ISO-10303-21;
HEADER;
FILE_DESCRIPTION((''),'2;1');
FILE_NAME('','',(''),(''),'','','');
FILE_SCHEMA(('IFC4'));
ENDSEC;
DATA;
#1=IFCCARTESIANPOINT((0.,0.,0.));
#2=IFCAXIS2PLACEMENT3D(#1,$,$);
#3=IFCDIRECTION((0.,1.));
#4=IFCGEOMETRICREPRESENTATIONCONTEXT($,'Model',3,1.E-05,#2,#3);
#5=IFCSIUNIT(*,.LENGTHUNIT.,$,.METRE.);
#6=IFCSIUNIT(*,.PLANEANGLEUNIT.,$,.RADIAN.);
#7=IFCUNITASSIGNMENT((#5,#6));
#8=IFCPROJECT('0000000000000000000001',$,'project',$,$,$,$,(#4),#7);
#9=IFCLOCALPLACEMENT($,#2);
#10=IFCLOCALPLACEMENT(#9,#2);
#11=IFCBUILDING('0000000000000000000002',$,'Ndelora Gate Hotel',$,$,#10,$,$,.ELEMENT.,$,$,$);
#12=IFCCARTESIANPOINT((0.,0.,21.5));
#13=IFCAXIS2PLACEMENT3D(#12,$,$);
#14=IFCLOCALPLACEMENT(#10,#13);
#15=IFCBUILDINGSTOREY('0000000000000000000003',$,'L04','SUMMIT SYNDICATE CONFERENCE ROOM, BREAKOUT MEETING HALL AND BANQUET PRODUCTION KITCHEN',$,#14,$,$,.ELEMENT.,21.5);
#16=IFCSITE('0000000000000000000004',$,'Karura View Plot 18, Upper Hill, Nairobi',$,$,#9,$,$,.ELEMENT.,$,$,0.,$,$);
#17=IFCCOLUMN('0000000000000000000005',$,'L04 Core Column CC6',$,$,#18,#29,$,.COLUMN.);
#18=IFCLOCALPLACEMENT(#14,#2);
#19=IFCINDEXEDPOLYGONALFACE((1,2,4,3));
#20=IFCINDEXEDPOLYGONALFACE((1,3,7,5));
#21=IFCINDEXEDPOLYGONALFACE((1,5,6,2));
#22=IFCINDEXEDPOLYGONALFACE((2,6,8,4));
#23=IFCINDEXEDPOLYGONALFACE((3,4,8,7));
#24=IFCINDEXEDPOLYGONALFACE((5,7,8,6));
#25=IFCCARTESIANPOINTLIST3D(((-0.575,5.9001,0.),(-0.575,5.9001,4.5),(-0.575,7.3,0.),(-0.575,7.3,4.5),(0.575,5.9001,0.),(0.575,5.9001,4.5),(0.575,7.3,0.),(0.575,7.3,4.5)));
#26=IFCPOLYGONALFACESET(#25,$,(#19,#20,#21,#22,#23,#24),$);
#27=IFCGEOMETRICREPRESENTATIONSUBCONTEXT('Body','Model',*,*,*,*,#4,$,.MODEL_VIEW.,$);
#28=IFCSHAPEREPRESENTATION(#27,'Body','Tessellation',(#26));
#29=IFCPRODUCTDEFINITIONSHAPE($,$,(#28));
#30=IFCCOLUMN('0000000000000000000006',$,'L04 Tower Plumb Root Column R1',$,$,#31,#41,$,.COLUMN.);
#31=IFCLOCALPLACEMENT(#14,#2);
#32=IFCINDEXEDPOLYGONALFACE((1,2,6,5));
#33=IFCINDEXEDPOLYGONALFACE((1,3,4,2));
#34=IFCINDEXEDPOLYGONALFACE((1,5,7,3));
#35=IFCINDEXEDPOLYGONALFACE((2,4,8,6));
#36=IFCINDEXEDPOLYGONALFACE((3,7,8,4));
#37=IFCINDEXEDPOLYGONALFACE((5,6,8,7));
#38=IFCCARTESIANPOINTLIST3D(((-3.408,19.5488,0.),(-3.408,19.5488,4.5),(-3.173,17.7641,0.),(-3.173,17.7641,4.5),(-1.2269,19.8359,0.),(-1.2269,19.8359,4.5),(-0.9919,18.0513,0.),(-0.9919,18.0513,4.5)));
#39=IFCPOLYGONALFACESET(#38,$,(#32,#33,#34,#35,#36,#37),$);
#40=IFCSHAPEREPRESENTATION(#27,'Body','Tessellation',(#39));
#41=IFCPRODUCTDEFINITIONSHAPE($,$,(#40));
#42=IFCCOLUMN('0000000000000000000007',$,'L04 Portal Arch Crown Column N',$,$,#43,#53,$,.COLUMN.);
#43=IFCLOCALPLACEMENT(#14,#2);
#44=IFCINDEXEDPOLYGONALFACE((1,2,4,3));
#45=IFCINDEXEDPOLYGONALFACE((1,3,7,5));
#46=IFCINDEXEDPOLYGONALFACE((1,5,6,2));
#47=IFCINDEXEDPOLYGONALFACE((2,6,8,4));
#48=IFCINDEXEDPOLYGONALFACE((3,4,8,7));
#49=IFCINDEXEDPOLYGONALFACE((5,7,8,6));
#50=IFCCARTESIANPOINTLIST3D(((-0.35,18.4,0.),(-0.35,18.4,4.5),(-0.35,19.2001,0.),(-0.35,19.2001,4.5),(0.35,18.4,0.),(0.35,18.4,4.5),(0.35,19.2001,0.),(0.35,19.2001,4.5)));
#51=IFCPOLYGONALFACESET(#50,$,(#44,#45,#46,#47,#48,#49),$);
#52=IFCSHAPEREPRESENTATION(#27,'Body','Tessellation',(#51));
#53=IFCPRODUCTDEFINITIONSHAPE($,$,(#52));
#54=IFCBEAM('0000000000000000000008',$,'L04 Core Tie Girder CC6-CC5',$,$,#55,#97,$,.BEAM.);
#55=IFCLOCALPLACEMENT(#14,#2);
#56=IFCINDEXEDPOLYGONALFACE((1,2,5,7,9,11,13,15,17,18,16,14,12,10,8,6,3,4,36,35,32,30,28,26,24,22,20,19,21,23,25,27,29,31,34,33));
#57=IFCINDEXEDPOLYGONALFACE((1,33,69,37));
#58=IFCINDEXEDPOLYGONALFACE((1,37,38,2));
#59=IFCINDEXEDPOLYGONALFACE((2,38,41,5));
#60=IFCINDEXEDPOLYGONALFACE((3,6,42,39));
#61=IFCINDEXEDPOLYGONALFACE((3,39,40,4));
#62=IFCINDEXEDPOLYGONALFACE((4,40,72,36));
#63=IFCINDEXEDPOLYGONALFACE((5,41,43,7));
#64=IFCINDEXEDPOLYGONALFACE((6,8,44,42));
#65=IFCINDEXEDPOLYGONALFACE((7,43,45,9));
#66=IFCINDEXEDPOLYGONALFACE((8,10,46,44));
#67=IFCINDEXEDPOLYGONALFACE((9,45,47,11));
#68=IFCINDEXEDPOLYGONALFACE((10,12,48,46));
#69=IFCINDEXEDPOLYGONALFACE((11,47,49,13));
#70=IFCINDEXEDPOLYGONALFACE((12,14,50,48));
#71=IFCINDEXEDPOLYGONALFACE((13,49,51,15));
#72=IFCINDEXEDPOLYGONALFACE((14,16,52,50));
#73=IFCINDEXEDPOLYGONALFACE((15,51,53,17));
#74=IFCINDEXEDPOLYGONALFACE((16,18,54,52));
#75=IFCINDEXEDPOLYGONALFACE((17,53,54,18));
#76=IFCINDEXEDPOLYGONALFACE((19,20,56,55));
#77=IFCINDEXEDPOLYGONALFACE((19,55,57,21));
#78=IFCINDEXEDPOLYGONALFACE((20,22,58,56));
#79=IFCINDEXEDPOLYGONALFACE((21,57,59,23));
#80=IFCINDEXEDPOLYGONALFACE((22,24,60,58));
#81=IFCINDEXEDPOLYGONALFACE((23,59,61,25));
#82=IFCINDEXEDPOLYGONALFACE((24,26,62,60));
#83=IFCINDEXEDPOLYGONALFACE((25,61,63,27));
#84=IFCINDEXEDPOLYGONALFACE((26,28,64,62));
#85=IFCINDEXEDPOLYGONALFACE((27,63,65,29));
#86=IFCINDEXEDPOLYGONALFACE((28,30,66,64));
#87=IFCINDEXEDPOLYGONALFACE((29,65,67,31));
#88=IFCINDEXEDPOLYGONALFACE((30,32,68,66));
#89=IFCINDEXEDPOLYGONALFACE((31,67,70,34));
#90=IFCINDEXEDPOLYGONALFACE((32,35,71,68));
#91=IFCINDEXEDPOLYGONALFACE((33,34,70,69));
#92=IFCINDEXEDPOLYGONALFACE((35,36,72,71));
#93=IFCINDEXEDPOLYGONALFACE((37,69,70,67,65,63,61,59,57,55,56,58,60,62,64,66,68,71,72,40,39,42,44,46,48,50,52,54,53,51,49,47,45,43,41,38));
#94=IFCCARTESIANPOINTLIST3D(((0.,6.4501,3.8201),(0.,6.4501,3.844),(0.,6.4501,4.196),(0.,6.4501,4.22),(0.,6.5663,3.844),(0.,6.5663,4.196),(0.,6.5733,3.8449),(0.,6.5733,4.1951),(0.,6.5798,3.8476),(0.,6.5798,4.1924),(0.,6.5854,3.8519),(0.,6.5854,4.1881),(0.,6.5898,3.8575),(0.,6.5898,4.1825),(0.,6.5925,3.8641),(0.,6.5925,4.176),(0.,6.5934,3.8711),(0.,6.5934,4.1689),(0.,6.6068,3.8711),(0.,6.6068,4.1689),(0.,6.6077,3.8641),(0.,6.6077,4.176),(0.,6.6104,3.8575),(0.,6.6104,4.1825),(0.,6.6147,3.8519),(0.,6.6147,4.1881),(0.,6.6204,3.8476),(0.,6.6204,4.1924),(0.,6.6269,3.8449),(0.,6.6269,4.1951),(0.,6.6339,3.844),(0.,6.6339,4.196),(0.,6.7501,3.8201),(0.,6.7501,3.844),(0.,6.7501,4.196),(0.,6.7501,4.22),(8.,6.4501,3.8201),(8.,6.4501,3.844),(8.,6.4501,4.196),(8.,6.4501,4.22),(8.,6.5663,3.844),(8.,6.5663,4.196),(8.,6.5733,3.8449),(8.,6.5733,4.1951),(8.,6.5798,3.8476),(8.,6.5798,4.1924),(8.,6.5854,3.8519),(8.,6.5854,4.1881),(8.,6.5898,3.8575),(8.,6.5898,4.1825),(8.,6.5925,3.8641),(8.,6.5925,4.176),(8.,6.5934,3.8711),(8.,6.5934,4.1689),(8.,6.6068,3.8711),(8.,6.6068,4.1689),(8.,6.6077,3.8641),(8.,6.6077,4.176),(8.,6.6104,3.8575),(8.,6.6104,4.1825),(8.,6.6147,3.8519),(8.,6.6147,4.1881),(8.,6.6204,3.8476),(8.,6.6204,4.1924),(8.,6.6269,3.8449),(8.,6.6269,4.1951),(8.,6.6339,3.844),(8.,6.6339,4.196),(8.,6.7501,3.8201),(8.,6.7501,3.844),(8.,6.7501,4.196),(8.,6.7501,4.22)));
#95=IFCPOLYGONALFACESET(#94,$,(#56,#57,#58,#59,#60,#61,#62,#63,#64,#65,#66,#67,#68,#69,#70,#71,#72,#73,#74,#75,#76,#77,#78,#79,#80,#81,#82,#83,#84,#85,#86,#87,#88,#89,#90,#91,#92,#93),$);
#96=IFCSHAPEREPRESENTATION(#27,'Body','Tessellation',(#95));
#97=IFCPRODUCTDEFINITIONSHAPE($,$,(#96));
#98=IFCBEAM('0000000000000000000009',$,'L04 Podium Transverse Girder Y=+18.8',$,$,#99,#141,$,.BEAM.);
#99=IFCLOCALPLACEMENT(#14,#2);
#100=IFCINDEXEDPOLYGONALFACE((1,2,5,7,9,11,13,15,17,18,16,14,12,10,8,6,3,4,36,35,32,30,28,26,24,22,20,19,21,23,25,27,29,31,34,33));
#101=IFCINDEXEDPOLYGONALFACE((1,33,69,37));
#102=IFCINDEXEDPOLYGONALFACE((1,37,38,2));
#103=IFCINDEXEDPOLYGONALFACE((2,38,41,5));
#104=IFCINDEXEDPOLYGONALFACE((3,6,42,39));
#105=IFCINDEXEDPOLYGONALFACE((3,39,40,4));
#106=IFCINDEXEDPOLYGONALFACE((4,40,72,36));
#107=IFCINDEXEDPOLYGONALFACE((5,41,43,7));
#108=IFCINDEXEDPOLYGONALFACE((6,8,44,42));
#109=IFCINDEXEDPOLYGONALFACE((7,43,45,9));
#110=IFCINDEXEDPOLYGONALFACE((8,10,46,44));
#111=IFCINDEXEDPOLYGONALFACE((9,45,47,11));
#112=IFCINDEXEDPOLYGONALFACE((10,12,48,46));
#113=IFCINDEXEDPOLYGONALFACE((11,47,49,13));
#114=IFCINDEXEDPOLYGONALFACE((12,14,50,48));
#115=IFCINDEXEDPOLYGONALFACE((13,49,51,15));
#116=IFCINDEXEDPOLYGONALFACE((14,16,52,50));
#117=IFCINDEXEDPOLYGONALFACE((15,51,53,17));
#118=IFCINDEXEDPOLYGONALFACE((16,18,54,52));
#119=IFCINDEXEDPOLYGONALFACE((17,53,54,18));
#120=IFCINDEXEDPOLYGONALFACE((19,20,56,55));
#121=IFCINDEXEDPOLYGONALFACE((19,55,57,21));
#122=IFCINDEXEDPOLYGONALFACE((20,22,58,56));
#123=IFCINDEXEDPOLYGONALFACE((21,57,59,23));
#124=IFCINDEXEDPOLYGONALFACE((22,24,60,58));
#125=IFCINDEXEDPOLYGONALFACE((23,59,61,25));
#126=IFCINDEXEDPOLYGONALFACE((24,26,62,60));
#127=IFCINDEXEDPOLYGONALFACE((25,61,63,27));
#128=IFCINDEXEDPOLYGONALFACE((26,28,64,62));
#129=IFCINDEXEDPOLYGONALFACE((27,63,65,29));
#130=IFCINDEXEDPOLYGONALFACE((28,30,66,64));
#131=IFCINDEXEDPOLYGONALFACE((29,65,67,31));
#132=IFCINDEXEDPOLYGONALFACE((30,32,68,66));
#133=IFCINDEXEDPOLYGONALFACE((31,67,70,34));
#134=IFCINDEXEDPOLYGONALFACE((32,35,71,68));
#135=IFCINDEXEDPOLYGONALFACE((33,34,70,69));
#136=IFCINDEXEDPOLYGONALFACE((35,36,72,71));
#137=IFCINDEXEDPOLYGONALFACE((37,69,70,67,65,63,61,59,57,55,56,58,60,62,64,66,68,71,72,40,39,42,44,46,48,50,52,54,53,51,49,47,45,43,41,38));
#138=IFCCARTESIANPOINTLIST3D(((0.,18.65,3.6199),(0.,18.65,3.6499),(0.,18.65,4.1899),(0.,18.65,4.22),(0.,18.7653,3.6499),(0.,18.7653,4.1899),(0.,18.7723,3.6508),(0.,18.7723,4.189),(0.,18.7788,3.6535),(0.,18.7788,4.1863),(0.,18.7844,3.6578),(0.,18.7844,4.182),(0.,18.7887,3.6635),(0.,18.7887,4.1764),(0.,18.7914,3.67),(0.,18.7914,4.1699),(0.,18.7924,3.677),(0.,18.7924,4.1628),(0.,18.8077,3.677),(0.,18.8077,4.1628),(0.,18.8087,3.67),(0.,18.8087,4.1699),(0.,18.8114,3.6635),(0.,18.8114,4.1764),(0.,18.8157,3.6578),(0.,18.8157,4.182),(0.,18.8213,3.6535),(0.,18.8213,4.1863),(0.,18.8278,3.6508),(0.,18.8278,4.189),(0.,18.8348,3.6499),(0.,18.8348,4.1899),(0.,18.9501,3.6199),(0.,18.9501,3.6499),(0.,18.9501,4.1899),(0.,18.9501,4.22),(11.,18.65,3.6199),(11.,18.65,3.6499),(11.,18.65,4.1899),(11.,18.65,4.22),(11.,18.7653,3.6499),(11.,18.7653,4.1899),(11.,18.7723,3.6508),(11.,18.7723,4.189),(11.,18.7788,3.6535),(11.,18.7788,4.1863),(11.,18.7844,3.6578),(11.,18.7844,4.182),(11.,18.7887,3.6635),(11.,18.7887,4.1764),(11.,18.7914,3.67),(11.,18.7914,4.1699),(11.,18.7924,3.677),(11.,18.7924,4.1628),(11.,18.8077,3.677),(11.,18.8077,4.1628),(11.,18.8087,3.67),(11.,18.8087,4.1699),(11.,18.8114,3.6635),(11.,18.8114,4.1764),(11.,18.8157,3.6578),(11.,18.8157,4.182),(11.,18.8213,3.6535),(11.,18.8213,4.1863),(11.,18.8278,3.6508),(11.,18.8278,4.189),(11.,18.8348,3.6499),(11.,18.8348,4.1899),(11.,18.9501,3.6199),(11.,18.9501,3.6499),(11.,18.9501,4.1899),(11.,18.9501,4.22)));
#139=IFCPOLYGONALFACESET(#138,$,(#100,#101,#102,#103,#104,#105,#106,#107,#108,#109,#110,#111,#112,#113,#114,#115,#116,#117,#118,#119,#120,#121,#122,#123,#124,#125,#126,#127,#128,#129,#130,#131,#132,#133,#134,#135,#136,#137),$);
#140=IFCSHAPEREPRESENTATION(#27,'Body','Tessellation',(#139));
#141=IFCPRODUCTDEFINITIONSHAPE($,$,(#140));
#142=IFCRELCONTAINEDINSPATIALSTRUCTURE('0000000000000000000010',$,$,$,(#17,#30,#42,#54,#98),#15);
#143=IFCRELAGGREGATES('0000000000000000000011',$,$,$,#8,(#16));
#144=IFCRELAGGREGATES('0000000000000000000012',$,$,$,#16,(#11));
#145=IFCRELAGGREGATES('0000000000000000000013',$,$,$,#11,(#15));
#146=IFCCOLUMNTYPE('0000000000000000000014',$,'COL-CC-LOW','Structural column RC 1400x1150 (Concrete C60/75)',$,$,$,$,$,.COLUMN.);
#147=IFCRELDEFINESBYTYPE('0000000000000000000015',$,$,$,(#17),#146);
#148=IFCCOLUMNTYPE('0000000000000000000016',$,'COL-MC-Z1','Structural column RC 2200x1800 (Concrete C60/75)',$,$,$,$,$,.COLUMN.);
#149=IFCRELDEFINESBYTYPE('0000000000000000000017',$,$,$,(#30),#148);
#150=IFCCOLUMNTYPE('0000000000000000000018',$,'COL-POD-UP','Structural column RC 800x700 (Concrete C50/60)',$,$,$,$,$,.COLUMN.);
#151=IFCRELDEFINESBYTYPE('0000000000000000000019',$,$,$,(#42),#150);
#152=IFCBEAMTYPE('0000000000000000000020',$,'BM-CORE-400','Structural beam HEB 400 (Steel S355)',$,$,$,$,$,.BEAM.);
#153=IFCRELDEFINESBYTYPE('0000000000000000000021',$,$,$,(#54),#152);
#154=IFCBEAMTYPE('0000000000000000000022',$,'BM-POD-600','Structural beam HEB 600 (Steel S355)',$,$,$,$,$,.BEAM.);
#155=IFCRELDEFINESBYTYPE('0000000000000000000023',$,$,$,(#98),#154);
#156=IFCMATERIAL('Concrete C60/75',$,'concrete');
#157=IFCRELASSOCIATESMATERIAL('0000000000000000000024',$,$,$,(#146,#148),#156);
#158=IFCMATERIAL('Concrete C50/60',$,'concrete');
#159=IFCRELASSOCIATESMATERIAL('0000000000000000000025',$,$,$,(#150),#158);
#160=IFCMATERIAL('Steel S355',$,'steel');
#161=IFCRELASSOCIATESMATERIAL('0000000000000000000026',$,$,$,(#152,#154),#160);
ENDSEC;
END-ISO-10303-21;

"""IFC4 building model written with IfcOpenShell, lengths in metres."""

from ifc_helpers import new_model, si_unit, direction, frame, origin, origin_2d, place, context, subcontext, project, spatial, rectangle, i_section, extrude, material, material_profile, profile_set, type_object, element, save


model = new_model("IFC4")

# Units and contexts
model_context = context("Model", 3, precision=1e-05, world=origin(), true_north=direction((0.0, 1.0)))
body_context = subcontext(model_context, "Body", "Model", "MODEL_VIEW")
ifc_project = project(units=[si_unit("LENGTHUNIT", "METRE"), si_unit("PLANEANGLEUNIT", "RADIAN")], contexts=[model_context])

# Site, building, storey
site_placement = place(None, origin())
site = spatial("IfcSite", under=ifc_project, at=site_placement, Name="Karura View Plot 18, Upper Hill, Nairobi", CompositionType="ELEMENT", RefElevation=0.0)
building_placement = place(site_placement, origin())
building = spatial("IfcBuilding", under=site, at=building_placement, Name="Ndelora Gate Hotel", CompositionType="ELEMENT")
storey_placement = place(building_placement, frame((0.0, 0.0, 21.5)))
storey = spatial("IfcBuildingStorey", under=building, at=storey_placement, Name="L04", Description="SUMMIT SYNDICATE CONFERENCE ROOM, BREAKOUT MEETING HALL AND BANQUET PRODUCTION KITCHEN", CompositionType="ELEMENT", Elevation=21.5)

# Columns
ifc_material_1 = material(Name="Concrete C60/75", Category="concrete")
ifc_material_profile_1 = material_profile(ifc_material_1, rectangle(XDim=1.1499, YDim=1.3999, at=origin_2d()), Name="RC 1400x1150")
ifc_profile_set_1 = profile_set([ifc_material_profile_1], Name="Concrete C60/75")
column_type_1 = type_object("IfcColumnType", Name="COL-CC-LOW", Description="Structural column RC 1400x1150 (Concrete C60/75)", PredefinedType="COLUMN", material=ifc_profile_set_1)
column_1_placement = place(storey_placement, frame((0.0, 6.6001, 0.0), z_axis=(0.0, 0.0, 1.0), x_axis=(1.0, 0.0, 0.0)))
element("IfcColumn", 1, at=column_1_placement, inside=storey, type_object=column_type_1, Name="L04 Core Column CC6", PredefinedType="COLUMN", context=body_context, shape_type="SweptSolid", body=[
    extrude(rectangle(XDim=1.1499, YDim=1.3999, at=origin_2d()), origin(), (0.0, 0.0, 1.0), 4.5),
])
ifc_material_profile_2 = material_profile(ifc_material_1, rectangle(XDim=1.8, YDim=2.2, at=origin_2d()), Name="RC 2200x1800")
ifc_profile_set_2 = profile_set([ifc_material_profile_2], Name="Concrete C60/75")
column_type_2 = type_object("IfcColumnType", Name="COL-MC-Z1", Description="Structural column RC 2200x1800 (Concrete C60/75)", PredefinedType="COLUMN", material=ifc_profile_set_2)
column_2_placement = place(storey_placement, frame((-2.2, 18.8, 0.0), z_axis=(0.0, 0.0, 1.0), x_axis=(-0.130526, 0.991445, 0.0)))
element("IfcColumn", 2, at=column_2_placement, inside=storey, type_object=column_type_2, Name="L04 Tower Plumb Root Column R1", PredefinedType="COLUMN", context=body_context, shape_type="SweptSolid", body=[
    extrude(rectangle(XDim=1.8, YDim=2.2, at=origin_2d()), origin(), (0.0, 0.0, 1.0), 4.5),
])
ifc_material_2 = material(Name="Concrete C50/60", Category="concrete")
ifc_material_profile_3 = material_profile(ifc_material_2, rectangle(XDim=0.7, YDim=0.8, at=origin_2d()), Name="RC 800x700")
ifc_profile_set_3 = profile_set([ifc_material_profile_3], Name="Concrete C50/60")
column_type_3 = type_object("IfcColumnType", Name="COL-POD-UP", Description="Structural column RC 800x700 (Concrete C50/60)", PredefinedType="COLUMN", material=ifc_profile_set_3)
column_3_placement = place(storey_placement, frame((0.0, 18.8, 0.0), z_axis=(0.0, 0.0, 1.0), x_axis=(1.0, 0.0, 0.0)))
element("IfcColumn", 3, at=column_3_placement, inside=storey, type_object=column_type_3, Name="L04 Portal Arch Crown Column N", PredefinedType="COLUMN", context=body_context, shape_type="SweptSolid", body=[
    extrude(rectangle(XDim=0.7, YDim=0.8, at=origin_2d()), origin(), (0.0, 0.0, 1.0), 4.5),
])

# Beams
ifc_material_3 = material(Name="Steel S355", Category="steel")
ifc_material_profile_4 = material_profile(ifc_material_3, i_section(OverallWidth=0.3, OverallDepth=0.3999, WebThickness=0.0134, FlangeThickness=0.0239, FilletRadius=0.0271, at=origin_2d()), Name="HEB 400")
ifc_profile_set_4 = profile_set([ifc_material_profile_4], Name="Steel S355")
beam_type_1 = type_object("IfcBeamType", Name="BM-CORE-400", Description="Structural beam HEB 400 (Steel S355)", PredefinedType="BEAM", material=ifc_profile_set_4)
beam_1_placement = place(storey_placement, frame((0.0, 6.6001, 4.02), z_axis=(1.0, 0.0, 0.0), x_axis=(0.0, 1.0, 0.0)))
element("IfcBeam", 4, at=beam_1_placement, inside=storey, type_object=beam_type_1, Name="L04 Core Tie Girder CC6-CC5", PredefinedType="BEAM", context=body_context, shape_type="SweptSolid", body=[
    extrude(i_section(OverallWidth=0.3, OverallDepth=0.3999, WebThickness=0.0134, FlangeThickness=0.0239, FilletRadius=0.0271, at=origin_2d()), origin(), (0.0, 0.0, 1.0), 8.0),
])
ifc_material_profile_5 = material_profile(ifc_material_3, i_section(OverallWidth=0.3, OverallDepth=0.6001, WebThickness=0.0154, FlangeThickness=0.03, FilletRadius=0.0271, at=origin_2d()), Name="HEB 600")
ifc_profile_set_5 = profile_set([ifc_material_profile_5], Name="Steel S355")
beam_type_2 = type_object("IfcBeamType", Name="BM-POD-600", Description="Structural beam HEB 600 (Steel S355)", PredefinedType="BEAM", material=ifc_profile_set_5)
beam_2_placement = place(storey_placement, frame((0.0, 18.8, 3.9199), z_axis=(1.0, 0.0, 0.0), x_axis=(0.0, 1.0, 0.0)))
element("IfcBeam", 5, at=beam_2_placement, inside=storey, type_object=beam_type_2, Name="L04 Podium Transverse Girder Y=+18.8", PredefinedType="BEAM", context=body_context, shape_type="SweptSolid", body=[
    extrude(i_section(OverallWidth=0.3, OverallDepth=0.6001, WebThickness=0.0154, FlangeThickness=0.03, FilletRadius=0.0271, at=origin_2d()), origin(), (0.0, 0.0, 1.0), 11.0),
])

save(model, "model.ifc")
